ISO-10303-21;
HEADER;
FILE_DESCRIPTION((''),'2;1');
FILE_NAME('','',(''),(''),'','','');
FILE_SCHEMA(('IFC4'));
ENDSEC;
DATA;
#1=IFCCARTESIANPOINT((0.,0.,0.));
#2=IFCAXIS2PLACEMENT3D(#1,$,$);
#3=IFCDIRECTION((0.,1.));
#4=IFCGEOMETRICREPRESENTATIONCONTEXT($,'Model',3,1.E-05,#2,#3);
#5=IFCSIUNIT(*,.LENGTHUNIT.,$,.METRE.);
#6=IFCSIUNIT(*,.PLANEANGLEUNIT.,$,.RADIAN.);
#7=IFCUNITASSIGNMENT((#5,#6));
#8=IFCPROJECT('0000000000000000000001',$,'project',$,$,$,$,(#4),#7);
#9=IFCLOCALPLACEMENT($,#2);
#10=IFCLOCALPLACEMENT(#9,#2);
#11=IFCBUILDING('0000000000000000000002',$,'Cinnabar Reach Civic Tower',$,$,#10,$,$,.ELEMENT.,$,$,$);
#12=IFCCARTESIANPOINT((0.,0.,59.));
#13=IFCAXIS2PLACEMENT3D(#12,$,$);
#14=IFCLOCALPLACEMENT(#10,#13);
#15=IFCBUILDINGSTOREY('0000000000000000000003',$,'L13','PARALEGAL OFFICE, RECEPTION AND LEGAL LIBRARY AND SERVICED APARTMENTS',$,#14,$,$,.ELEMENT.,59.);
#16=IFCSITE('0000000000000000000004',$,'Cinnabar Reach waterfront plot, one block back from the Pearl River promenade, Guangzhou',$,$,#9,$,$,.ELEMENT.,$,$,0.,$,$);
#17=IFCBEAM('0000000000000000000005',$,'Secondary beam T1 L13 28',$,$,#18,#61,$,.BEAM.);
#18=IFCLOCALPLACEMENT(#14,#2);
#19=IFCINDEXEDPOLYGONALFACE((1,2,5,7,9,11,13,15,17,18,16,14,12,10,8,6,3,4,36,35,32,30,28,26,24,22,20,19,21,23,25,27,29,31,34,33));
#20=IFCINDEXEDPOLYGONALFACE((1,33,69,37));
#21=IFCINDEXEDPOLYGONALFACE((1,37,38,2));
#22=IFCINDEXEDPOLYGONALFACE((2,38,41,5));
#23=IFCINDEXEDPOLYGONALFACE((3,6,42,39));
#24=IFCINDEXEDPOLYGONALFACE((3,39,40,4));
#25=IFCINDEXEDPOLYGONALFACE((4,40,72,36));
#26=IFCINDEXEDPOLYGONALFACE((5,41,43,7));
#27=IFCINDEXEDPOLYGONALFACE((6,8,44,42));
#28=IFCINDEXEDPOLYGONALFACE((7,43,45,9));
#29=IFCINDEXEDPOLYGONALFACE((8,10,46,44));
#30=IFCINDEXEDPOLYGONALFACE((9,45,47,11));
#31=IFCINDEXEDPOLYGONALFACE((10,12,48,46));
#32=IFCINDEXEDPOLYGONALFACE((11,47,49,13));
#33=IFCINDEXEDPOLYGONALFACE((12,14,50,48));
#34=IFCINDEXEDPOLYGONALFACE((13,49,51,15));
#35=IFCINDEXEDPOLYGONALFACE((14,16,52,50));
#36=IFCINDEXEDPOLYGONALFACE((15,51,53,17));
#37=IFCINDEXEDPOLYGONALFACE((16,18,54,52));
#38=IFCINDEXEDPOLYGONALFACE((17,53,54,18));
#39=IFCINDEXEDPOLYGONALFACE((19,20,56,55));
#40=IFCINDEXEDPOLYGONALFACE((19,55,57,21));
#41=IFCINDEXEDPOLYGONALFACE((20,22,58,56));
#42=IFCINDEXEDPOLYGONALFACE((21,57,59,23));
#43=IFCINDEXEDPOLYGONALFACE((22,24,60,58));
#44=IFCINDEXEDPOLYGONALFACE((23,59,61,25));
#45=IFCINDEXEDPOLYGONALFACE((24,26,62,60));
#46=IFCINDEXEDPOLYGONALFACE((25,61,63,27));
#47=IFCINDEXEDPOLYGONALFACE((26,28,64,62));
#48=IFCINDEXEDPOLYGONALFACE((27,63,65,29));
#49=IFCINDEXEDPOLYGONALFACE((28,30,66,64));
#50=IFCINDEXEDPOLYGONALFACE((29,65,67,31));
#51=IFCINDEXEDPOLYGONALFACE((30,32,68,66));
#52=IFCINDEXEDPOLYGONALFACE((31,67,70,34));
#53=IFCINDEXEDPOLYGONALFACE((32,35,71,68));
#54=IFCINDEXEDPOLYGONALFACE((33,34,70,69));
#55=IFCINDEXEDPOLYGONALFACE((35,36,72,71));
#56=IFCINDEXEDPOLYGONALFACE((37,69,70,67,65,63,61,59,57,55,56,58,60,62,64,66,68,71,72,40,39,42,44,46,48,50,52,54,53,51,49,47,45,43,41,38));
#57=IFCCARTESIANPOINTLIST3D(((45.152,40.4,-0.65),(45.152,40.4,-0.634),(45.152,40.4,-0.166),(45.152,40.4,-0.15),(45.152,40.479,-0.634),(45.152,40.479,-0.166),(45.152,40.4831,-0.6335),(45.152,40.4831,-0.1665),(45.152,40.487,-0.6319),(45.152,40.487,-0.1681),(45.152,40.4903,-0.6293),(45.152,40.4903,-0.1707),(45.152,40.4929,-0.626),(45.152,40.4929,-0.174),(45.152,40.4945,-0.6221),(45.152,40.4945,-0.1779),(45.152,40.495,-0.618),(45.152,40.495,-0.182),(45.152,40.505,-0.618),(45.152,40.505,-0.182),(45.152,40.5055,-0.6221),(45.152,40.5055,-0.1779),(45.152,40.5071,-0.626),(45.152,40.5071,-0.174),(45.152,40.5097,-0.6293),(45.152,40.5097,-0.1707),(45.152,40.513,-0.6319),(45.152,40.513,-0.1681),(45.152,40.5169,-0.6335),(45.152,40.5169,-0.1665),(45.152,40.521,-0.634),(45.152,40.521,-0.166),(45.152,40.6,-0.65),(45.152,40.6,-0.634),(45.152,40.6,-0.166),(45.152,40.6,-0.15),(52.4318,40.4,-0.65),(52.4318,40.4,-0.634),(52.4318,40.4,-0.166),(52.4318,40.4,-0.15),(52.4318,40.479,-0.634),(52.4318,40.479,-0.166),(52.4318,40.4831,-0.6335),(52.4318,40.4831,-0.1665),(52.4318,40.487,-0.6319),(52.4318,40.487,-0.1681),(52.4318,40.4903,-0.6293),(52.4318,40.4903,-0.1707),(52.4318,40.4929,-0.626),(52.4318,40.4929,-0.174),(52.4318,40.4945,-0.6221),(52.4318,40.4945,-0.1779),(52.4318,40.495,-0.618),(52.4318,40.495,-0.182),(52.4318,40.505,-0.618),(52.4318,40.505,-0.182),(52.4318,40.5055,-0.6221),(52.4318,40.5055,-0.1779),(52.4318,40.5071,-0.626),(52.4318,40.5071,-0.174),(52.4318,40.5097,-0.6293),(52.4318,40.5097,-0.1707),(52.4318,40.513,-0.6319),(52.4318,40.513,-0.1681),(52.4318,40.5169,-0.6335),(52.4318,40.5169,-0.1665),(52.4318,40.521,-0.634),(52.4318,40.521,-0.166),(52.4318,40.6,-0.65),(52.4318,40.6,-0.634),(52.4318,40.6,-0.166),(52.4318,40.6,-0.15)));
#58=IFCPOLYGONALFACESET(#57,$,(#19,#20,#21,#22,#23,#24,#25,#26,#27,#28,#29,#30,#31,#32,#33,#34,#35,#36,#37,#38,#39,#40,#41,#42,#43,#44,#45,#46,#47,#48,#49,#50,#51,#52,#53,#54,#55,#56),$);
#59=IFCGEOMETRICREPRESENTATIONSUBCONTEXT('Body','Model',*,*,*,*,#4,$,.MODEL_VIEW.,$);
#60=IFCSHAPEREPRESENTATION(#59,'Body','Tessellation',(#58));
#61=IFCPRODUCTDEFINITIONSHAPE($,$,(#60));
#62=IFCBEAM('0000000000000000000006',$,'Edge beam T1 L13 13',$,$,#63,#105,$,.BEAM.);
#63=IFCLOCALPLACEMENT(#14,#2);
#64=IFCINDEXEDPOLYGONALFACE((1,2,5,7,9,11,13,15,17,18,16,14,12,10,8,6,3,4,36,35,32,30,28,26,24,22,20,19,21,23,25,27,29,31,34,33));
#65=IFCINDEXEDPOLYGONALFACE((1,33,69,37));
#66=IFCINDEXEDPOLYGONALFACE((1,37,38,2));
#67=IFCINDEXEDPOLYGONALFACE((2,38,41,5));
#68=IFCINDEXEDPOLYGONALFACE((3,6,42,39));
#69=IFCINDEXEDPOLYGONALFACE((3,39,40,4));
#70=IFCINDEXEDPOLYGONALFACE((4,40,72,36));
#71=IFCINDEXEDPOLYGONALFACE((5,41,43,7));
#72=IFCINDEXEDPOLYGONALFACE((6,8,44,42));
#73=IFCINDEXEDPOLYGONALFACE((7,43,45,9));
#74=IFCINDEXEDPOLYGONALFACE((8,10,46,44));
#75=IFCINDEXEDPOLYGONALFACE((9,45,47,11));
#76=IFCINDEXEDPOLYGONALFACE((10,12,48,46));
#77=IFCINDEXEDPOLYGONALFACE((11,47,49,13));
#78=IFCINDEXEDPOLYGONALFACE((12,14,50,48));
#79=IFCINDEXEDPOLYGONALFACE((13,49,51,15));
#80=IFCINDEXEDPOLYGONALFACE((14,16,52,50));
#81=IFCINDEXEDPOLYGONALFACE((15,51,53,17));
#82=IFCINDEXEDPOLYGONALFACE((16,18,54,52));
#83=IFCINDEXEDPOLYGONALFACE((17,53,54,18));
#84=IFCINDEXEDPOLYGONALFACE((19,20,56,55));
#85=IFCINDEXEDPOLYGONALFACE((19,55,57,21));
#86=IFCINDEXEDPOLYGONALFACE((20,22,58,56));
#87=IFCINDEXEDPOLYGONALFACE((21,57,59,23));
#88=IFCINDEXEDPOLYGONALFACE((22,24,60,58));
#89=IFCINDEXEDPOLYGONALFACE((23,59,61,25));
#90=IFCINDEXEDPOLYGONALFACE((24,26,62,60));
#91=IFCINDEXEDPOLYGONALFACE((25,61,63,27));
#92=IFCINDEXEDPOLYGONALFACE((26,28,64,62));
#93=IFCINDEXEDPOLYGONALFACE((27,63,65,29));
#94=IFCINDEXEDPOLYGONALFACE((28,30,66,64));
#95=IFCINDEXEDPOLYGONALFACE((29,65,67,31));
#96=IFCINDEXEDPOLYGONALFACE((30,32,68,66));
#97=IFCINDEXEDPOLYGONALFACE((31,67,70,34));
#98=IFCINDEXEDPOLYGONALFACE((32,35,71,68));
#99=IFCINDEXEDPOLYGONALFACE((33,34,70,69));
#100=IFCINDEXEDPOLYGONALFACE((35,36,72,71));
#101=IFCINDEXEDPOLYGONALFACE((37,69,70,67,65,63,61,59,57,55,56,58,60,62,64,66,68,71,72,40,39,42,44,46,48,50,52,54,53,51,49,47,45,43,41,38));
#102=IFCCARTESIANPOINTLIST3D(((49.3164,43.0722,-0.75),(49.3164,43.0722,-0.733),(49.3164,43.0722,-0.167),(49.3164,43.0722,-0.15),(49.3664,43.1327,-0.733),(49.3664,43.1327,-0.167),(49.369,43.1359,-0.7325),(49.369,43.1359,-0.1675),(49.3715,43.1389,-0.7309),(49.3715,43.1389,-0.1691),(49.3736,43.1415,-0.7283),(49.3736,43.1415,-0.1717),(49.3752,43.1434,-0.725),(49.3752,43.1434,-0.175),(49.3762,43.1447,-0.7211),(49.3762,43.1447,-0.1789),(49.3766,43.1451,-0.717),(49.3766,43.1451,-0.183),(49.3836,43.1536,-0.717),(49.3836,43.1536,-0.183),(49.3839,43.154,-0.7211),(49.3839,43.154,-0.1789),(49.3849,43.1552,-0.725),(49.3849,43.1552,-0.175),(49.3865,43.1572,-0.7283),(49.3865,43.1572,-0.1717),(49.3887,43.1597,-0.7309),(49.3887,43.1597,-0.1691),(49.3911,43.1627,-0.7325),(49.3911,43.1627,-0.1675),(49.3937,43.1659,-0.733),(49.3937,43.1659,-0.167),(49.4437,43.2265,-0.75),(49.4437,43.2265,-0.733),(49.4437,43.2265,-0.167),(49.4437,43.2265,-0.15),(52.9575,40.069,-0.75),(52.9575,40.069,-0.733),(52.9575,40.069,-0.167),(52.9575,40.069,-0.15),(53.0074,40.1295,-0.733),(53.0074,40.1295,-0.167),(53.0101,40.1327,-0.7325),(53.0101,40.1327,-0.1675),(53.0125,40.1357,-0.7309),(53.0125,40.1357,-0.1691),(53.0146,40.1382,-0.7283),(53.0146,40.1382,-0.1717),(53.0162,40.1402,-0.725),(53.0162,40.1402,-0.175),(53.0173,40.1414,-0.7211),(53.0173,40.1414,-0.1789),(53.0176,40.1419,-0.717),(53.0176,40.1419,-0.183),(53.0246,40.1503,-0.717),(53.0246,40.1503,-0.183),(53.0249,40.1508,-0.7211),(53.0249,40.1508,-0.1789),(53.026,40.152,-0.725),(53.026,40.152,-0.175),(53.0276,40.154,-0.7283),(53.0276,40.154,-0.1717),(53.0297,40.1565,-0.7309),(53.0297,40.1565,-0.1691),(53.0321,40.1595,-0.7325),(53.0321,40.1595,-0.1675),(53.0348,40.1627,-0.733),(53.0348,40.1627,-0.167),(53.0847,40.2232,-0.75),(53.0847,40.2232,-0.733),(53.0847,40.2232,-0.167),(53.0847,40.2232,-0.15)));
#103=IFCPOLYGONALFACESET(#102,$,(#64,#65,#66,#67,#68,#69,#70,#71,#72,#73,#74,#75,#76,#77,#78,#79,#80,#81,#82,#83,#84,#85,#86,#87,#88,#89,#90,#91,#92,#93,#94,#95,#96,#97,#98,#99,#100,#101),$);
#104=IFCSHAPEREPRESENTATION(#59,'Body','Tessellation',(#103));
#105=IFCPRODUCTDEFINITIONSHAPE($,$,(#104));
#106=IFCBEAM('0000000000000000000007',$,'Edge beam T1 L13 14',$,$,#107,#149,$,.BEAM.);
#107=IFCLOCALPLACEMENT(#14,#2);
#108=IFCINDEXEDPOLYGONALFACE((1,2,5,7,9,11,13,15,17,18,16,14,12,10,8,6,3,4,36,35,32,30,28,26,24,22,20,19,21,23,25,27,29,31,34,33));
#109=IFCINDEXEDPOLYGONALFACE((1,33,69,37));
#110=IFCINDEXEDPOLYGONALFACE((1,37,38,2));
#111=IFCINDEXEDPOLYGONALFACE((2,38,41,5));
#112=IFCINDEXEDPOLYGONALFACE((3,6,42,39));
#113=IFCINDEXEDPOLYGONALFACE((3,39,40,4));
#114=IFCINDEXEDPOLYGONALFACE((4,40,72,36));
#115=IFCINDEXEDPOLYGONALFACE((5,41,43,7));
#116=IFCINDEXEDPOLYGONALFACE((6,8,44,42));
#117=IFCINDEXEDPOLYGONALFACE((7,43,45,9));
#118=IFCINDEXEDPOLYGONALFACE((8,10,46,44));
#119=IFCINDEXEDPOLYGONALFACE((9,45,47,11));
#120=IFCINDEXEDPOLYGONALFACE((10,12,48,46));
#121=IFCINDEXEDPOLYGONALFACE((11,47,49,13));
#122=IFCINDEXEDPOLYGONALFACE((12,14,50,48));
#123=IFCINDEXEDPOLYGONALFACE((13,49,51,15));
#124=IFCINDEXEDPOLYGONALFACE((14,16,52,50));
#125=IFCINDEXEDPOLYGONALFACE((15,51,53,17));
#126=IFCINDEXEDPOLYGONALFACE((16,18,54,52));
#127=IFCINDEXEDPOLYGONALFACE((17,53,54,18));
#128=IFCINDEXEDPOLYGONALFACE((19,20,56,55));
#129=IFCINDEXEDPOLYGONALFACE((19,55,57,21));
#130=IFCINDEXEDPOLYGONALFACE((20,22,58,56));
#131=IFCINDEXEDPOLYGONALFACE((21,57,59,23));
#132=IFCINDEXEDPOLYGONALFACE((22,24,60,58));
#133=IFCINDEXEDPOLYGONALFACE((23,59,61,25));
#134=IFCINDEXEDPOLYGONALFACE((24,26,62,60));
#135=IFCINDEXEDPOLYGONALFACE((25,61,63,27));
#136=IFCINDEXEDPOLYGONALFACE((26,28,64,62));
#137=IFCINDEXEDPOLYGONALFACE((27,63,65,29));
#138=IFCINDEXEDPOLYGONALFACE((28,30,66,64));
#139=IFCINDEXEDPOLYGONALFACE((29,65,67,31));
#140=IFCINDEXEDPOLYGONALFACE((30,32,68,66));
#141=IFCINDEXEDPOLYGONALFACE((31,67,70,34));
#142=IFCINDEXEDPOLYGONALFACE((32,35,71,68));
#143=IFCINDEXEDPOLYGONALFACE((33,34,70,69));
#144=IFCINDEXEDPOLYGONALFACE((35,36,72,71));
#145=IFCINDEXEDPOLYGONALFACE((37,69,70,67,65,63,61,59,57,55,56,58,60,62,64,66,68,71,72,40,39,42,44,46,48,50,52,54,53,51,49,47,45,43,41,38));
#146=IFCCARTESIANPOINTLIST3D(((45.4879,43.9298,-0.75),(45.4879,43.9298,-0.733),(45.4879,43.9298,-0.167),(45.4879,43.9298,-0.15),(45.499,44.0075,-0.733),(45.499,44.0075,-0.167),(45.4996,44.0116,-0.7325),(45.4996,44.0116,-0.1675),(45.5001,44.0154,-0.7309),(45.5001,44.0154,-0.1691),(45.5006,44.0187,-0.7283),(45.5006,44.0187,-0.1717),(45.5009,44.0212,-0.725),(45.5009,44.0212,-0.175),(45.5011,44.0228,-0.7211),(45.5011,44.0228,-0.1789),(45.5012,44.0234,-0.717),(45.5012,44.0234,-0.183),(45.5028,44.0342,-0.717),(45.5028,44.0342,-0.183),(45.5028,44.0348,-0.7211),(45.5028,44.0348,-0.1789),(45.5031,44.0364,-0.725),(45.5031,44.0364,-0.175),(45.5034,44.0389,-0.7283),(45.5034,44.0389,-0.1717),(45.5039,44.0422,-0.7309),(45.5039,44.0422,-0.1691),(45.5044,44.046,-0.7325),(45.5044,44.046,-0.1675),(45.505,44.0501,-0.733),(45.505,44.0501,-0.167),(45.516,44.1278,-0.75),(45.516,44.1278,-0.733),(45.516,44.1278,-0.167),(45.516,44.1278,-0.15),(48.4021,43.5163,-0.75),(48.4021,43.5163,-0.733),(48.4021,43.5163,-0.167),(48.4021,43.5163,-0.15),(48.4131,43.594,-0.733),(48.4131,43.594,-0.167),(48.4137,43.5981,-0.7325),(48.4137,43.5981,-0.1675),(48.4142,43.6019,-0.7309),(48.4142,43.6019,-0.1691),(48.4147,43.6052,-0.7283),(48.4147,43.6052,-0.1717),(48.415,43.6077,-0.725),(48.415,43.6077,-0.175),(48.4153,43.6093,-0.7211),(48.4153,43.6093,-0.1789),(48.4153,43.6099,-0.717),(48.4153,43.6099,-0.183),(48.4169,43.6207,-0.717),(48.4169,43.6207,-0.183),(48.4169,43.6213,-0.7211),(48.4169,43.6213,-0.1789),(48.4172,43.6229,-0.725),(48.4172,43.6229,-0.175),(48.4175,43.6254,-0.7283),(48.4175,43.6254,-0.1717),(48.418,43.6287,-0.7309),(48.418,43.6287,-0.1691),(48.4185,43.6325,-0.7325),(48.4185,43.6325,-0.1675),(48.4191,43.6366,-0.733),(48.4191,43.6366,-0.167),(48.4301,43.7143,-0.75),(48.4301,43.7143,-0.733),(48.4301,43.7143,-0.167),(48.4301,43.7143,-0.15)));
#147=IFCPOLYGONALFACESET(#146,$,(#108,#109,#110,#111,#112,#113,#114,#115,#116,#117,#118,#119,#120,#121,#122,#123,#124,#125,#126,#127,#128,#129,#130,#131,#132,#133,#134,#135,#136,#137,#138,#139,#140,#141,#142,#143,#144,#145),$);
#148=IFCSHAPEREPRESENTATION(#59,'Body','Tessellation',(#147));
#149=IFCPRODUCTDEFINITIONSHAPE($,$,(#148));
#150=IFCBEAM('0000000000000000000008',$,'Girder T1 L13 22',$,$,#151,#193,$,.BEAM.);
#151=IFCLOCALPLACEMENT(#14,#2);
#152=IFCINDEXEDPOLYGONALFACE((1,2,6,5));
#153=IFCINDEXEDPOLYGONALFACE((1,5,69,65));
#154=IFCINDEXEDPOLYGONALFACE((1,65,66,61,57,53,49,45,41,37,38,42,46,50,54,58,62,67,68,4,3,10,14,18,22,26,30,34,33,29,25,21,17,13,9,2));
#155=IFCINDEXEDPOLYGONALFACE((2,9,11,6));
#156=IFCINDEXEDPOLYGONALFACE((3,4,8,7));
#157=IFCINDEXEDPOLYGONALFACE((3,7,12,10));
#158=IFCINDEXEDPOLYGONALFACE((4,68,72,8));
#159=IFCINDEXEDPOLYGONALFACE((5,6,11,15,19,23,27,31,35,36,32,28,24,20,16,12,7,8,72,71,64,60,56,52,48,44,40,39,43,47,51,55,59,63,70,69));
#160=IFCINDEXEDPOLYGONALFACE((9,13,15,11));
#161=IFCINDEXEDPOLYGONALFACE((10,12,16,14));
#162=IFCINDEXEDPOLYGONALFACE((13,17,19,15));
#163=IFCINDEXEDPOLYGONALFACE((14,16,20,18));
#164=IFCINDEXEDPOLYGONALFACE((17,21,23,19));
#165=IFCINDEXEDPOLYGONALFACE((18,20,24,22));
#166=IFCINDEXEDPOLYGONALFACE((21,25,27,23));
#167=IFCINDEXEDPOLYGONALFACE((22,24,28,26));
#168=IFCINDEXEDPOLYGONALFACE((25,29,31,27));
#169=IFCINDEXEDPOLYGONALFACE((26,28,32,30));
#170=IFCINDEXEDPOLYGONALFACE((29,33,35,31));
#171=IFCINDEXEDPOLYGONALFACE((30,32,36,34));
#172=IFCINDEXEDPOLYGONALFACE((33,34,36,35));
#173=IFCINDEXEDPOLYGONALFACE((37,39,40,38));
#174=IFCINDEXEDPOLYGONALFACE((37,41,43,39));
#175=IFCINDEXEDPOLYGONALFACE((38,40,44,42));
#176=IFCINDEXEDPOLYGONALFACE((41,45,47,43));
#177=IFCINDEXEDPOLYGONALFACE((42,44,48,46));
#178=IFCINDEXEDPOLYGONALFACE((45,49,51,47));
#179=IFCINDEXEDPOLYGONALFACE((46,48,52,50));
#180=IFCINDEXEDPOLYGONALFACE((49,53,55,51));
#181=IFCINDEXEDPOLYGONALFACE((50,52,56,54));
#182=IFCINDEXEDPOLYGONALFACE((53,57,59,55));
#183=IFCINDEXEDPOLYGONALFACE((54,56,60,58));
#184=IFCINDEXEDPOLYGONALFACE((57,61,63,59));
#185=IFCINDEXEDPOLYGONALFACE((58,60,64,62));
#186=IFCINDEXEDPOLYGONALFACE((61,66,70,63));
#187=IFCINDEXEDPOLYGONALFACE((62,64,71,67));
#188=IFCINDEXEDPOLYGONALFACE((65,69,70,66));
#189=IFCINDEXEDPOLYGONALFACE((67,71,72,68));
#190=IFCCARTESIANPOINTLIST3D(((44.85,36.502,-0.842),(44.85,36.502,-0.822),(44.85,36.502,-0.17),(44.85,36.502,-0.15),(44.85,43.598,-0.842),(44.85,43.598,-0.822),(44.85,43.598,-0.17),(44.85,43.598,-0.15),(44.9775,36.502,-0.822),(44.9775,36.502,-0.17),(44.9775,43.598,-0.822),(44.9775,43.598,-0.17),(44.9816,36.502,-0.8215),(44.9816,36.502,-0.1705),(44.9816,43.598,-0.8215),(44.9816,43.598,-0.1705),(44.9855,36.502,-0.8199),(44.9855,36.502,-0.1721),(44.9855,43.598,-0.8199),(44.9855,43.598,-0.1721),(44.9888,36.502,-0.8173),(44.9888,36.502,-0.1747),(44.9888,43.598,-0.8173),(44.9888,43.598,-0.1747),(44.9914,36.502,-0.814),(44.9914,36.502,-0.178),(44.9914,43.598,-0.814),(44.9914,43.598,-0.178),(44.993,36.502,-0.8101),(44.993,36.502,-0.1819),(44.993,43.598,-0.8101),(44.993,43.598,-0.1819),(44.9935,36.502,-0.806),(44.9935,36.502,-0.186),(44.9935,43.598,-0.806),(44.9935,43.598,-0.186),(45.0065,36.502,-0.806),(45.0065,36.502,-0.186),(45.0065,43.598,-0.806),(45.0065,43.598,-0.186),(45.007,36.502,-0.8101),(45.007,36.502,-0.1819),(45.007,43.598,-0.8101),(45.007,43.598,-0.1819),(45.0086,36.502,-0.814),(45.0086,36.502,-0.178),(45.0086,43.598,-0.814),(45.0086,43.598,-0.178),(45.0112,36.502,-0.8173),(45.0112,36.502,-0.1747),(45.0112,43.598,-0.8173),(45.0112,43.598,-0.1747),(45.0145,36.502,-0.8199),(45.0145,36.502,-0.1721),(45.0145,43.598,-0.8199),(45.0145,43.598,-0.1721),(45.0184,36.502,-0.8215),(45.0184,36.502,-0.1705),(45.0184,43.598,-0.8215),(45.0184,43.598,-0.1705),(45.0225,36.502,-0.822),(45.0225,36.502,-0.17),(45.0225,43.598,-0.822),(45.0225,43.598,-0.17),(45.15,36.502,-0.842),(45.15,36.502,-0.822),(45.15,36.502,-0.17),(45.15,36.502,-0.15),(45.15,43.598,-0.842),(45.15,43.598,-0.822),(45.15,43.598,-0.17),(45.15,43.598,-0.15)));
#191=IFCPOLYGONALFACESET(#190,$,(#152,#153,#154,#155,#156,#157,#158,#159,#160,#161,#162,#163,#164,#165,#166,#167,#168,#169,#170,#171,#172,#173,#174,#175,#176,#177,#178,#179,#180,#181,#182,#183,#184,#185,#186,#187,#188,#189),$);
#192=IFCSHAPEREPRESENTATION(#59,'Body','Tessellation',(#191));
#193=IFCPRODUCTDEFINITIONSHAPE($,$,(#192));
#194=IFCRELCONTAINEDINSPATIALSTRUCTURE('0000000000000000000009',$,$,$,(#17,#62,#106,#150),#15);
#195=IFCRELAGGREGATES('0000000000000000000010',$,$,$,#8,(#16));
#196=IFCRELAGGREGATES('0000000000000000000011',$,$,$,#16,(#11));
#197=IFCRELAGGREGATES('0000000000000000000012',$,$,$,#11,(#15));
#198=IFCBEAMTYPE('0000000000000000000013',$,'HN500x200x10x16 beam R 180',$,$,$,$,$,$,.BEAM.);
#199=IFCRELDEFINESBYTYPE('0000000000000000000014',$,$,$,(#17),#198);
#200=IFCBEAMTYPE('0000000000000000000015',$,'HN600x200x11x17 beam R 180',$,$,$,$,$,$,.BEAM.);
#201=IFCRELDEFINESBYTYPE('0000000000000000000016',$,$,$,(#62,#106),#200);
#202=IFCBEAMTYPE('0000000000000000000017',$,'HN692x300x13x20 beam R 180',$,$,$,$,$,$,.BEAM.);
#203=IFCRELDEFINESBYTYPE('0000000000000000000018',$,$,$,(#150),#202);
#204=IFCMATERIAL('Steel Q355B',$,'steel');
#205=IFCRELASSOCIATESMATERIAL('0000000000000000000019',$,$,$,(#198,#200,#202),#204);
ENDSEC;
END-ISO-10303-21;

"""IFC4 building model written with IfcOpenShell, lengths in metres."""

from ifc_helpers import new_model, si_unit, direction, frame, origin, origin_2d, place, context, subcontext, project, spatial, i_section, extrude, material, material_profile, profile_set, type_object, element, save


model = new_model("IFC4")

# Units and contexts
model_context = context("Model", 3, precision=1e-05, world=origin(), true_north=direction((0.0, 1.0)))
body_context = subcontext(model_context, "Body", "Model", "MODEL_VIEW")
ifc_project = project(units=[si_unit("LENGTHUNIT", "METRE"), si_unit("PLANEANGLEUNIT", "RADIAN")], contexts=[model_context])

# Site, building, storey
site_placement = place(None, origin())
site = spatial("IfcSite", under=ifc_project, at=site_placement, Name="Cinnabar Reach waterfront plot, one block back from the Pearl River promenade, Guangzhou", CompositionType="ELEMENT", RefElevation=0.0)
building_placement = place(site_placement, origin())
building = spatial("IfcBuilding", under=site, at=building_placement, Name="Cinnabar Reach Civic Tower", CompositionType="ELEMENT")
storey_placement = place(building_placement, frame((0.0, 0.0, 59.0)))
storey = spatial("IfcBuildingStorey", under=building, at=storey_placement, Name="L13", Description="PARALEGAL OFFICE, RECEPTION AND LEGAL LIBRARY AND SERVICED APARTMENTS", CompositionType="ELEMENT", Elevation=59.0)

# Beams
ifc_material_1 = material(Name="Steel Q355B", Category="steel")
ifc_material_profile_1 = material_profile(ifc_material_1, i_section(OverallWidth=0.2, OverallDepth=0.5, WebThickness=0.01, FlangeThickness=0.016, FilletRadius=0.016, at=origin_2d()), Name="HN500x200x10x16")
ifc_profile_set_1 = profile_set([ifc_material_profile_1], Name="Steel Q355B")
beam_type_1 = type_object("IfcBeamType", Name="HN500x200x10x16 beam R 180", PredefinedType="BEAM", material=ifc_profile_set_1)
beam_1_placement = place(storey_placement, frame((45.152, 40.5, -0.4), z_axis=(1.0, 0.0, 0.0), x_axis=(0.0, 1.0, 0.0)))
element("IfcBeam", 1, at=beam_1_placement, inside=storey, type_object=beam_type_1, Name="Secondary beam T1 L13 28", PredefinedType="BEAM", context=body_context, shape_type="SweptSolid", body=[
    extrude(i_section(OverallWidth=0.2, OverallDepth=0.5, WebThickness=0.01, FlangeThickness=0.016, FilletRadius=0.016, at=origin_2d()), origin(), (0.0, 0.0, 1.0), 7.2798),
])
ifc_material_profile_2 = material_profile(ifc_material_1, i_section(OverallWidth=0.2, OverallDepth=0.6, WebThickness=0.011, FlangeThickness=0.017, FilletRadius=0.016, at=origin_2d()), Name="HN600x200x11x17")
ifc_profile_set_2 = profile_set([ifc_material_profile_2], Name="Steel Q355B")
beam_type_2 = type_object("IfcBeamType", Name="HN600x200x11x17 beam R 180", PredefinedType="BEAM", material=ifc_profile_set_2)
beam_2_placement = place(storey_placement, frame((53.0211, 40.1461, -0.45), z_axis=(-0.771438, 0.636304, 0.0), x_axis=(-0.636304, -0.771438, 0.0)))
element("IfcBeam", 2, at=beam_2_placement, inside=storey, type_object=beam_type_2, Name="Edge beam T1 L13 13", PredefinedType="BEAM", context=body_context, shape_type="SweptSolid", body=[
    extrude(i_section(OverallWidth=0.2, OverallDepth=0.6, WebThickness=0.011, FlangeThickness=0.017, FilletRadius=0.016, at=origin_2d()), origin(), (0.0, 0.0, 1.0), 4.7198),
])
beam_3_placement = place(storey_placement, frame((48.4161, 43.6153, -0.45), z_axis=(-0.990082, 0.140489, 0.0), x_axis=(-0.140489, -0.990082, 0.0)))
element("IfcBeam", 3, at=beam_3_placement, inside=storey, type_object=beam_type_2, Name="Edge beam T1 L13 14", PredefinedType="BEAM", context=body_context, shape_type="SweptSolid", body=[
    extrude(i_section(OverallWidth=0.2, OverallDepth=0.6, WebThickness=0.011, FlangeThickness=0.017, FilletRadius=0.016, at=origin_2d()), origin(), (0.0, 0.0, 1.0), 2.9433),
])
ifc_material_profile_3 = material_profile(ifc_material_1, i_section(OverallWidth=0.3, OverallDepth=0.692, WebThickness=0.013, FlangeThickness=0.02, FilletRadius=0.016, at=origin_2d()), Name="HN692x300x13x20")
ifc_profile_set_3 = profile_set([ifc_material_profile_3], Name="Steel Q355B")
beam_type_3 = type_object("IfcBeamType", Name="HN692x300x13x20 beam R 180", PredefinedType="BEAM", material=ifc_profile_set_3)
beam_4_placement = place(storey_placement, frame((45.0, 36.502, -0.496), z_axis=(0.0, 1.0, 0.0), x_axis=(-1.0, 0.0, 0.0)))
element("IfcBeam", 4, at=beam_4_placement, inside=storey, type_object=beam_type_3, Name="Girder T1 L13 22", PredefinedType="BEAM", context=body_context, shape_type="SweptSolid", body=[
    extrude(i_section(OverallWidth=0.3, OverallDepth=0.692, WebThickness=0.013, FlangeThickness=0.02, FilletRadius=0.016, at=origin_2d()), origin(), (0.0, 0.0, 1.0), 7.096),
])

save(model, "model.ifc")
